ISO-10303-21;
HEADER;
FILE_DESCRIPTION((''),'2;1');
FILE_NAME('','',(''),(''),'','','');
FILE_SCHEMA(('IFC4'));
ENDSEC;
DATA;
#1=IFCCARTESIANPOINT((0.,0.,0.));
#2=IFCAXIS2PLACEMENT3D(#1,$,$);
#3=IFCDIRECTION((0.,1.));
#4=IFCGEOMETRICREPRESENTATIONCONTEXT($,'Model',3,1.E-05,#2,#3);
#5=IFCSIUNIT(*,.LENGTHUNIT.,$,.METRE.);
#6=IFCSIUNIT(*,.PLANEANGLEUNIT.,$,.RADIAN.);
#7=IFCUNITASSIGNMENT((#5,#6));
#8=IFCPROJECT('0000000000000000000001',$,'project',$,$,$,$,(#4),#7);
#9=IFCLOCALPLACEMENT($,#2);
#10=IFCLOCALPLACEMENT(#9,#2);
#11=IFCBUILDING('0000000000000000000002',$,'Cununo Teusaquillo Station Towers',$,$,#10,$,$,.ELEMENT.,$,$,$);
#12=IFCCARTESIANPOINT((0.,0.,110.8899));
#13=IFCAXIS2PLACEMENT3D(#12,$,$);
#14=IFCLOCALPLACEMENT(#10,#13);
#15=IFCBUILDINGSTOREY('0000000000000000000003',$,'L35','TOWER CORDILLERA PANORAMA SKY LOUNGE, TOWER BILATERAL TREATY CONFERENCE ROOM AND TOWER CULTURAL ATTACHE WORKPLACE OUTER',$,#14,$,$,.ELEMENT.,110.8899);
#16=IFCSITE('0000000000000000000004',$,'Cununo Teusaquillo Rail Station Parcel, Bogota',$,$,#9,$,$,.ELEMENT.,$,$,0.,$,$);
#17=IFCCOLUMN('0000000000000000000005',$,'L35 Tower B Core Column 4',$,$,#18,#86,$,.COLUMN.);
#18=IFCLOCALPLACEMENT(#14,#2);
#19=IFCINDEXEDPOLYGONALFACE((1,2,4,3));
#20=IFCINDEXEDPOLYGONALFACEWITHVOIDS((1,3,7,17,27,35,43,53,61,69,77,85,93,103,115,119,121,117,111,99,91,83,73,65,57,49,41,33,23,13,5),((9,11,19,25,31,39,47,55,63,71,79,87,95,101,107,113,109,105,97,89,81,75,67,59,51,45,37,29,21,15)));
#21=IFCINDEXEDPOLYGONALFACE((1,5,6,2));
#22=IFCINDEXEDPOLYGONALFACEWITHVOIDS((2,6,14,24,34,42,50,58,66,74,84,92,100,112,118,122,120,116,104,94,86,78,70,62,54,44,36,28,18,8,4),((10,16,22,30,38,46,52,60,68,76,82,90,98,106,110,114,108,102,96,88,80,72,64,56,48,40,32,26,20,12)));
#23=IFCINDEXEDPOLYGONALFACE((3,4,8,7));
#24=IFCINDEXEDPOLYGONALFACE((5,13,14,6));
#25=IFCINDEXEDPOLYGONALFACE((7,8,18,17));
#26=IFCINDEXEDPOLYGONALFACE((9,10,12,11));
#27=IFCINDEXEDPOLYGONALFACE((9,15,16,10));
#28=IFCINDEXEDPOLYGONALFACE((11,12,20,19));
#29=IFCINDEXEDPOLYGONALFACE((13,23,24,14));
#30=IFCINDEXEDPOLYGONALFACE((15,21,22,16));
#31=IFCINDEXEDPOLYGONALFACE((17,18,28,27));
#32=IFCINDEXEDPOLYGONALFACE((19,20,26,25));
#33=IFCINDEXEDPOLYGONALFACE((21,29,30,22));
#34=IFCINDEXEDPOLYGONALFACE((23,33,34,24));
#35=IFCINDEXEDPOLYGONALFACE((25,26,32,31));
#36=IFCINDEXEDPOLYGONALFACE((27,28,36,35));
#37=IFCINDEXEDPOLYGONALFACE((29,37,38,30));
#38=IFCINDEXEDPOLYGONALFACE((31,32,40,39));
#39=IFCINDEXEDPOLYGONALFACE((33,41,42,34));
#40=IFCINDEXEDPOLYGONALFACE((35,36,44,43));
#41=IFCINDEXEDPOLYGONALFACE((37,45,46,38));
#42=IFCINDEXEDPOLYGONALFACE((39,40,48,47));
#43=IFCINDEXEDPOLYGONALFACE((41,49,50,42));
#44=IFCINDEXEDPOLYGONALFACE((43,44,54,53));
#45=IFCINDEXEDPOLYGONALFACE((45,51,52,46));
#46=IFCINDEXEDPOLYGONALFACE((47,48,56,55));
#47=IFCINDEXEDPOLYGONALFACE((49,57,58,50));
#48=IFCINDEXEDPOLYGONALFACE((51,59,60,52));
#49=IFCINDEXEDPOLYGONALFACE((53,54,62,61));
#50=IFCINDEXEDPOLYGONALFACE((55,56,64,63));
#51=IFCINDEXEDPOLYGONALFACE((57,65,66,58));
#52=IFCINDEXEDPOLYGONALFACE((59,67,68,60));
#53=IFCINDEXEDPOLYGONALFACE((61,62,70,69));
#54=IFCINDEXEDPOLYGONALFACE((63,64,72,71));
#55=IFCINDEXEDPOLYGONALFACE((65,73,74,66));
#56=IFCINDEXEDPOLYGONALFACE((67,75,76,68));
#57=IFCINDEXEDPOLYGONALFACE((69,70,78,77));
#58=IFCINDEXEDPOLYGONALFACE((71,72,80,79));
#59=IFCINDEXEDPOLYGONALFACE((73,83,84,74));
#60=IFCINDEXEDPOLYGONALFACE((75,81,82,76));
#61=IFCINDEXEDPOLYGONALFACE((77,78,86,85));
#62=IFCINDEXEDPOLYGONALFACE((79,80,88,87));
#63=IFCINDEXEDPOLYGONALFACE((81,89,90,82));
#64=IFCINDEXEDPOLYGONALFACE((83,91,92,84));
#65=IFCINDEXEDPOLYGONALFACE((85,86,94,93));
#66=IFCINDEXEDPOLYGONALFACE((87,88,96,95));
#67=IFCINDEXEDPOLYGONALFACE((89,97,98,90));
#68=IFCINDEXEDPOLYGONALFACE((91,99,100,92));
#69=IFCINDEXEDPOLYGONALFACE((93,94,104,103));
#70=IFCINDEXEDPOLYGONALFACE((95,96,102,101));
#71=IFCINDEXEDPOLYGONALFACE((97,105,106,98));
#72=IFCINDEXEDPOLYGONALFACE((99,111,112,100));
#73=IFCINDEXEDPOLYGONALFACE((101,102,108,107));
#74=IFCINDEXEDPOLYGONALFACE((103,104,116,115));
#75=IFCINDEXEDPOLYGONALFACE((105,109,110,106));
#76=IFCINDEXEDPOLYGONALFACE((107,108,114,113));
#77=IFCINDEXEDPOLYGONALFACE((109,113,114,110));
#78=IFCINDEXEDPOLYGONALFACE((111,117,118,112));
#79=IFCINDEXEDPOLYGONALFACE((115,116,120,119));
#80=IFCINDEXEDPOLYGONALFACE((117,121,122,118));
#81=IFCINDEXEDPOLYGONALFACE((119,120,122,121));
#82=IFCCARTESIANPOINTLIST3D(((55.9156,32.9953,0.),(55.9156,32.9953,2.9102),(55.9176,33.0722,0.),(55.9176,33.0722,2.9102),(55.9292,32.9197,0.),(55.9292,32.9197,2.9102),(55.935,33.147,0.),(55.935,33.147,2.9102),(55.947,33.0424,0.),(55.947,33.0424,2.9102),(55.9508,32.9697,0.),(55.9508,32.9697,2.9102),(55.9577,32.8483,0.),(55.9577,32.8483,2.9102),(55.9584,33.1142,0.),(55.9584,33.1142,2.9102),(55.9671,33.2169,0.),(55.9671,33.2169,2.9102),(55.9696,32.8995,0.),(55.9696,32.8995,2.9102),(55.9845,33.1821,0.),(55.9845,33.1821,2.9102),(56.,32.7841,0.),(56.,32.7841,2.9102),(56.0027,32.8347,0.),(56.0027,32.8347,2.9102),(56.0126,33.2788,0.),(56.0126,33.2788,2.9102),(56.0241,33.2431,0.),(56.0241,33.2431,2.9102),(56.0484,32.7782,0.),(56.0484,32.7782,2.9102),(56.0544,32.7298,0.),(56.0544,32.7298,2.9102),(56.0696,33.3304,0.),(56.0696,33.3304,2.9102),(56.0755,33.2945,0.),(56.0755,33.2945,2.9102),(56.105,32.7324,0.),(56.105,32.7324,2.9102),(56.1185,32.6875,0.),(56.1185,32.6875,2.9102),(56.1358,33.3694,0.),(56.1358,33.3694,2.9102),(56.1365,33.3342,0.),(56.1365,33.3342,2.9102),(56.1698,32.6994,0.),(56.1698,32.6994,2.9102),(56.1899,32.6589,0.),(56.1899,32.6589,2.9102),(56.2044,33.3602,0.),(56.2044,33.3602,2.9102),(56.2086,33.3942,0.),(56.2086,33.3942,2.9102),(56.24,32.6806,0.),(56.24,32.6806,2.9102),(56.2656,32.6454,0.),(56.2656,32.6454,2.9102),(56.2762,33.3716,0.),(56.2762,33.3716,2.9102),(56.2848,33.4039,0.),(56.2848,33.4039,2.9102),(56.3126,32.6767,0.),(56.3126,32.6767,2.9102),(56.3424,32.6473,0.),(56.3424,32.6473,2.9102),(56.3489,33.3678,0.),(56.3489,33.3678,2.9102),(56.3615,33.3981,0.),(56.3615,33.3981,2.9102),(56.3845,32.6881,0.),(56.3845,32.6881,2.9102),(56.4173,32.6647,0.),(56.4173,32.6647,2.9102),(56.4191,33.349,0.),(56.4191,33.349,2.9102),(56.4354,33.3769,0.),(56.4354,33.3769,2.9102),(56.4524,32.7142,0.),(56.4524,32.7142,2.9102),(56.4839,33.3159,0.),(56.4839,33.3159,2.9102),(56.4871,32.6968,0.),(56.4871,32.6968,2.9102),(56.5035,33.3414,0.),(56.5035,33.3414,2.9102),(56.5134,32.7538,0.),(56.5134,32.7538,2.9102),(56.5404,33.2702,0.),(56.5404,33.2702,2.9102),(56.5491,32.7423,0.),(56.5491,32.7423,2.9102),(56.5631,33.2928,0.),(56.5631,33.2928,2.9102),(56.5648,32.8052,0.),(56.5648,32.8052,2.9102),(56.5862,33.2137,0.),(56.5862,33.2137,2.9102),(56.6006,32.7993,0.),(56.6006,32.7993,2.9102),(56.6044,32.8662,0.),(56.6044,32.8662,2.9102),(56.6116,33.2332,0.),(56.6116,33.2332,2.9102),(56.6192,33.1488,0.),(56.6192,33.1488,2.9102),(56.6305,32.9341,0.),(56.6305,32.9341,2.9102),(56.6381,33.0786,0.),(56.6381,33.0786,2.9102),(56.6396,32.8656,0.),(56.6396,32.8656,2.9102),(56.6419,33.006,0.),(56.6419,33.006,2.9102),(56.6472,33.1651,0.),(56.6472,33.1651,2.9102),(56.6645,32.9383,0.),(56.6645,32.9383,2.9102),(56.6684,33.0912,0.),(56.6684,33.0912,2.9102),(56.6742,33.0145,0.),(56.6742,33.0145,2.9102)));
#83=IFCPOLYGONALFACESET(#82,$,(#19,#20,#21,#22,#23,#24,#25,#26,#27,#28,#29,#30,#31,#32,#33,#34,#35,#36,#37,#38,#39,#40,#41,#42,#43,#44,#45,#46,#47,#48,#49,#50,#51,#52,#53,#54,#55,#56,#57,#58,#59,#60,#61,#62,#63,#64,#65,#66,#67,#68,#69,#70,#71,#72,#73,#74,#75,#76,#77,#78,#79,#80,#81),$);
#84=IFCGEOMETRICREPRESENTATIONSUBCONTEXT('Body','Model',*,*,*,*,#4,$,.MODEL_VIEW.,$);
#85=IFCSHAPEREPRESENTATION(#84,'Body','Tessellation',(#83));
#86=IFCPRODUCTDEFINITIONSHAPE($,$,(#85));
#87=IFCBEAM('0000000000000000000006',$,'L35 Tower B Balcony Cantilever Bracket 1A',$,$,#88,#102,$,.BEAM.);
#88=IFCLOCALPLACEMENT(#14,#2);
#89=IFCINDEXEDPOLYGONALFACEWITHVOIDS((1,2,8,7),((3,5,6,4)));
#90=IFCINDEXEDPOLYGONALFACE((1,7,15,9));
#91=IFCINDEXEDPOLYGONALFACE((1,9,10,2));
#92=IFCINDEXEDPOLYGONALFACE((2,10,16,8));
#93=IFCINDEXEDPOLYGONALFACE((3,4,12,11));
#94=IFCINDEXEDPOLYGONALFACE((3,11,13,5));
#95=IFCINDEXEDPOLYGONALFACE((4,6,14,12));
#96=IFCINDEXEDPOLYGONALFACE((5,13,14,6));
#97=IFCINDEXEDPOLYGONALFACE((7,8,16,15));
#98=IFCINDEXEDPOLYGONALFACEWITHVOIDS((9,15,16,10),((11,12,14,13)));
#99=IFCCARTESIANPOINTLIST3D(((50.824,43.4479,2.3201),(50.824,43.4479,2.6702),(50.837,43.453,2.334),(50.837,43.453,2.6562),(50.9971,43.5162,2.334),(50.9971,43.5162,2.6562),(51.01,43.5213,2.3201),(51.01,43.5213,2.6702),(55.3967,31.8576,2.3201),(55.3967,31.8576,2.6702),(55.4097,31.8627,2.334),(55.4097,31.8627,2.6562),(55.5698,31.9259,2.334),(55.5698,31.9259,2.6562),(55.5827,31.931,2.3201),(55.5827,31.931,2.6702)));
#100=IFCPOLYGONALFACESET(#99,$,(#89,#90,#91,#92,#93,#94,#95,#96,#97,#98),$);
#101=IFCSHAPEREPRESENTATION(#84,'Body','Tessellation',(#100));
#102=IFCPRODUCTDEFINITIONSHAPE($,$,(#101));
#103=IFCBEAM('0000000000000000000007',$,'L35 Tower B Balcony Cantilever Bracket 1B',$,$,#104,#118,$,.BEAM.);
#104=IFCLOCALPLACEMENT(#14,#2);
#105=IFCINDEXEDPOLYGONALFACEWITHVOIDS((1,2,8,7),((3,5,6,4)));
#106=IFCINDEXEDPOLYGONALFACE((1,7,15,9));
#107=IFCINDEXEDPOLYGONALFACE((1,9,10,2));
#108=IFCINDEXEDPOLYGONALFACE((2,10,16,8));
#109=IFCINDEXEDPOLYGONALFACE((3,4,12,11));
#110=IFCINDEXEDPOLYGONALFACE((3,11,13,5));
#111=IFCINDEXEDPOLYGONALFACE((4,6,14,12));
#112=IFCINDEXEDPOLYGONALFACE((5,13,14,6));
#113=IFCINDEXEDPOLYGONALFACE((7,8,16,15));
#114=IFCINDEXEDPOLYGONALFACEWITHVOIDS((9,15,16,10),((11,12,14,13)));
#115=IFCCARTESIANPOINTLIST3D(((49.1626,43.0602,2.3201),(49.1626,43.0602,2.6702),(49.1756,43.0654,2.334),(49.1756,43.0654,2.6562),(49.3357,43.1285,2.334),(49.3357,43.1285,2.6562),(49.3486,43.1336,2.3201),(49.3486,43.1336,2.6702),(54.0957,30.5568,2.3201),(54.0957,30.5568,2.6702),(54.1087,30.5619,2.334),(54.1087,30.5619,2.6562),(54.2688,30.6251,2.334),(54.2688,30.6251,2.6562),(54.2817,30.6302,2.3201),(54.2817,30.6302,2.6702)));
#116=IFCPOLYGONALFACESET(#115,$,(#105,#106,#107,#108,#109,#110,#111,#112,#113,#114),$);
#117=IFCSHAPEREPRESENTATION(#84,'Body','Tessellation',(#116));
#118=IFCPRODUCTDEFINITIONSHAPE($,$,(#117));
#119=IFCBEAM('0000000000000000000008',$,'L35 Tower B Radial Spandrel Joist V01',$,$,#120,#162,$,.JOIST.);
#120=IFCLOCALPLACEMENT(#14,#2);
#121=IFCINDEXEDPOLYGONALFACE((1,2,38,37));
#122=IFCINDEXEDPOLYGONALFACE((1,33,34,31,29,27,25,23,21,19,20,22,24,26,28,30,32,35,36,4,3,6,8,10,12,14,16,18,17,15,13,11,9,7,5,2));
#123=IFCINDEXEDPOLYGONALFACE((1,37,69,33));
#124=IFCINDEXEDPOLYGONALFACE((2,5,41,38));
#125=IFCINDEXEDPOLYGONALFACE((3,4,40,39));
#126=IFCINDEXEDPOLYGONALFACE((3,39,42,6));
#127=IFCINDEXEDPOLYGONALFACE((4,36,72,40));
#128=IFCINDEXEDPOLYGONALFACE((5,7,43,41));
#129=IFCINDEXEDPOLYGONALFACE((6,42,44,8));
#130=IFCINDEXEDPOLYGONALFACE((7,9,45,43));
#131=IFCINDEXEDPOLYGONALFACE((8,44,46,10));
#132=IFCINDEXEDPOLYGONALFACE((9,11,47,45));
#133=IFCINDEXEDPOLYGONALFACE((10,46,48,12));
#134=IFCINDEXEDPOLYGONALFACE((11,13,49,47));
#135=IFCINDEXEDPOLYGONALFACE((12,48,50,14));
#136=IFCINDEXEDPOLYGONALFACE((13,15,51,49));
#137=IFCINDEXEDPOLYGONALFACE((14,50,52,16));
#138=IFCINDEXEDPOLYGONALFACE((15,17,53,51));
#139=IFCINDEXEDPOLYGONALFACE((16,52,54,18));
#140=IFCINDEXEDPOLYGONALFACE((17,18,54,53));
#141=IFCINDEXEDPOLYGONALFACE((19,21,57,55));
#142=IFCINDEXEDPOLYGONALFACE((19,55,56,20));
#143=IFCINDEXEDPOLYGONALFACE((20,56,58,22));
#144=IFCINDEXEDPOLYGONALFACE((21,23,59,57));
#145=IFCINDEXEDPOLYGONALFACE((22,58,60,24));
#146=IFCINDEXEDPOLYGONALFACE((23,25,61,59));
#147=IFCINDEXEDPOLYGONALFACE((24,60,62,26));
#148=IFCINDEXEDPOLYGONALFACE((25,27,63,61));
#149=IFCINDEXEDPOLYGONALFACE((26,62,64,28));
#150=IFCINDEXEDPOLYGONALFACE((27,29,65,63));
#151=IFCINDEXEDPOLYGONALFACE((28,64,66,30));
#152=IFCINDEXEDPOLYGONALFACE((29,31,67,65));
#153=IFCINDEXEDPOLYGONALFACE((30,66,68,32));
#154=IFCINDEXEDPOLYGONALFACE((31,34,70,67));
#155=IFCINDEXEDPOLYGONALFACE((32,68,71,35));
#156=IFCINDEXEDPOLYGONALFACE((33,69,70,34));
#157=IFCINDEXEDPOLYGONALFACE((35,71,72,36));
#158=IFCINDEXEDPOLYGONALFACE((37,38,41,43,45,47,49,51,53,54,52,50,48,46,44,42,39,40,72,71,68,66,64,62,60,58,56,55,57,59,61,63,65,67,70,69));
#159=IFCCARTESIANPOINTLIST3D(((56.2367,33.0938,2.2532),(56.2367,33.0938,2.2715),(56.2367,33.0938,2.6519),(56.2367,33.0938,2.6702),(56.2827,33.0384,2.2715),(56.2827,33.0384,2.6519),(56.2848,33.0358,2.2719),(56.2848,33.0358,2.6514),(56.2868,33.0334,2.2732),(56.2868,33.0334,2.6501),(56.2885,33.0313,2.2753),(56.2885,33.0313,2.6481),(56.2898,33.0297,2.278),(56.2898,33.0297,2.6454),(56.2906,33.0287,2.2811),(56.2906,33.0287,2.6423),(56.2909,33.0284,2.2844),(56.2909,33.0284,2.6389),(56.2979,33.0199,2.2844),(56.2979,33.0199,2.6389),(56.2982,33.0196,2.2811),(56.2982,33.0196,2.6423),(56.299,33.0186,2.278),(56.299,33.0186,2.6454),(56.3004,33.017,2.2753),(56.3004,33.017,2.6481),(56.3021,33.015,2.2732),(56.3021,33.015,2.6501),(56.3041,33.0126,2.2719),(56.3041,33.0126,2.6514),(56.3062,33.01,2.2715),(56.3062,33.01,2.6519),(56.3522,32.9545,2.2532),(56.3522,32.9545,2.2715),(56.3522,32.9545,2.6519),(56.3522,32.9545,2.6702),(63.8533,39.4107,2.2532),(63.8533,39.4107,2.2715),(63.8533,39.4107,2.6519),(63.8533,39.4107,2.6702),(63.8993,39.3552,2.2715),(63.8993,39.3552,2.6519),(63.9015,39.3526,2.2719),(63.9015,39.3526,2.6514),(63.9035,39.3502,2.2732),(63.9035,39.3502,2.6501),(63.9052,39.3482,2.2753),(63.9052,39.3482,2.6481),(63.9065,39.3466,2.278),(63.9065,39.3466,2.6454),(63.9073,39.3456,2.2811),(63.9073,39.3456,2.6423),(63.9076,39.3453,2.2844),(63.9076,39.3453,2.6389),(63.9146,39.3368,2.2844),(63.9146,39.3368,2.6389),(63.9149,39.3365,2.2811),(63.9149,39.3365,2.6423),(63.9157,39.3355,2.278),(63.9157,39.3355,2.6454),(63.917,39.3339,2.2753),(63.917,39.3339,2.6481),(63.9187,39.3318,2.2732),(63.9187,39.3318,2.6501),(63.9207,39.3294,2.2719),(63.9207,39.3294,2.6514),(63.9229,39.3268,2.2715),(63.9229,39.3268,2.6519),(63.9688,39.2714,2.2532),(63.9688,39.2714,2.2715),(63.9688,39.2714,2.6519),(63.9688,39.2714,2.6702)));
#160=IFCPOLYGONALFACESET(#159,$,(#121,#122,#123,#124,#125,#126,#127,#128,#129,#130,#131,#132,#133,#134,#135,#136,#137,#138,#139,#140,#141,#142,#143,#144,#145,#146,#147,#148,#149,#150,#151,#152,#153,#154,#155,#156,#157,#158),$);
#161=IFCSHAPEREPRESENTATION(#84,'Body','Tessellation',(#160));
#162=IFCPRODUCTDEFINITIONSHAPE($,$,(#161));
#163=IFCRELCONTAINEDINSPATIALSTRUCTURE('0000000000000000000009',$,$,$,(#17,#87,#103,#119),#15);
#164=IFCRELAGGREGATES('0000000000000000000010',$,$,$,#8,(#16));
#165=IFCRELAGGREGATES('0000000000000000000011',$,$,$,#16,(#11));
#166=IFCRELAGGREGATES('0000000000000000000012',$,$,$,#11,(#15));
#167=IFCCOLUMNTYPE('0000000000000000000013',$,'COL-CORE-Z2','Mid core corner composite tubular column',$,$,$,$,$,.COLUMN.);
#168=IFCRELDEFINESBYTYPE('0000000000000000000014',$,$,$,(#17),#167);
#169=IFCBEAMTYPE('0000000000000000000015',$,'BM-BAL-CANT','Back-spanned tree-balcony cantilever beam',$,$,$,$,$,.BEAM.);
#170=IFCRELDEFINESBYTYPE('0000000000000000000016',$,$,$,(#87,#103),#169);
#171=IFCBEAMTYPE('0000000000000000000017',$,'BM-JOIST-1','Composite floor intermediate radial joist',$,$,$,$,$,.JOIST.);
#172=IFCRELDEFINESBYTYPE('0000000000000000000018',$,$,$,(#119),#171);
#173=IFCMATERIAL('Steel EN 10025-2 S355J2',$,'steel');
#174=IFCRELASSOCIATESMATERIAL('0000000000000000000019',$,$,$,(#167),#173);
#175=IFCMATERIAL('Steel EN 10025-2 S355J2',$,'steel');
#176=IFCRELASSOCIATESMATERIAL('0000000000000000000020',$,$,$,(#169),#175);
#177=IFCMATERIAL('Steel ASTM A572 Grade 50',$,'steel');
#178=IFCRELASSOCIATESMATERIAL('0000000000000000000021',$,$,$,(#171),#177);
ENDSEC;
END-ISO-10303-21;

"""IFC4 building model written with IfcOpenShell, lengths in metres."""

from ifc_helpers import new_model, si_unit, direction, frame, origin, origin_2d, place, context, subcontext, project, spatial, hollow_rectangle, hollow_circle, i_section, extrude, material, material_profile, profile_set, type_object, element, save


model = new_model("IFC4")

# Units and contexts
model_context = context("Model", 3, precision=1e-05, world=origin(), true_north=direction((0.0, 1.0)))
body_context = subcontext(model_context, "Body", "Model", "MODEL_VIEW")
ifc_project = project(units=[si_unit("LENGTHUNIT", "METRE"), si_unit("PLANEANGLEUNIT", "RADIAN")], contexts=[model_context])

# Site, building, storey
site_placement = place(None, origin())
site = spatial("IfcSite", under=ifc_project, at=site_placement, Name="Cununo Teusaquillo Rail Station Parcel, Bogota", CompositionType="ELEMENT", RefElevation=0.0)
building_placement = place(site_placement, origin())
building = spatial("IfcBuilding", under=site, at=building_placement, Name="Cununo Teusaquillo Station Towers", CompositionType="ELEMENT")
storey_placement = place(building_placement, frame((0.0, 0.0, 110.8899)))
storey = spatial("IfcBuildingStorey", under=building, at=storey_placement, Name="L35", Description="TOWER CORDILLERA PANORAMA SKY LOUNGE, TOWER BILATERAL TREATY CONFERENCE ROOM AND TOWER CULTURAL ATTACHE WORKPLACE OUTER", CompositionType="ELEMENT", Elevation=110.8899)

# Column
ifc_material_1 = material(Name="Steel EN 10025-2 S355J2", Category="steel")
ifc_material_profile_1 = material_profile(ifc_material_1, hollow_circle(Radius=0.3799, WallThickness=0.032, at=origin_2d()), Name="CHS 760x32")
ifc_profile_set_1 = profile_set([ifc_material_profile_1], Name="Steel EN 10025-2 S355J2")
column_type = type_object("IfcColumnType", Name="COL-CORE-Z2", Description="Mid core corner composite tubular column", PredefinedType="COLUMN", material=ifc_profile_set_1)
column_placement = place(storey_placement, frame((56.2944, 33.0242, 0.0), z_axis=(0.0, 0.0, 1.0), x_axis=(0.707107, 0.707107, 0.0)))
element("IfcColumn", 1, at=column_placement, inside=storey, type_object=column_type, Name="L35 Tower B Core Column 4", PredefinedType="COLUMN", context=body_context, shape_type="SweptSolid", body=[
    extrude(hollow_circle(Radius=0.3799, WallThickness=0.032, at=origin_2d()), origin(), (0.0, 0.0, 1.0), 2.9102),
])

# Beams
ifc_material_2 = material(Name="Steel EN 10025-2 S355J2", Category="steel")
ifc_material_profile_2 = material_profile(ifc_material_2, hollow_rectangle(XDim=0.2, YDim=0.3501, WallThickness=0.0139, at=origin_2d()), Name="RHS 350x200x14")
ifc_profile_set_2 = profile_set([ifc_material_profile_2], Name="Steel EN 10025-2 S355J2")
beam_type_1 = type_object("IfcBeamType", Name="BM-BAL-CANT", Description="Back-spanned tree-balcony cantilever beam", PredefinedType="BEAM", material=ifc_profile_set_2)
beam_1_placement = place(storey_placement, frame((55.4897, 31.8943, 2.4951), z_axis=(-0.367001, 0.93022, 0.0), x_axis=(-0.93022, -0.367001, 0.0)))
element("IfcBeam", 2, at=beam_1_placement, inside=storey, type_object=beam_type_1, Name="L35 Tower B Balcony Cantilever Bracket 1A", PredefinedType="BEAM", context=body_context, shape_type="SweptSolid", body=[
    extrude(hollow_rectangle(XDim=0.2, YDim=0.3501, WallThickness=0.0139, at=origin_2d()), origin(), (0.0, 0.0, 1.0), 12.4597),
])
beam_2_placement = place(storey_placement, frame((54.1887, 30.5935, 2.4951), z_axis=(-0.367009, 0.930218, 0.0), x_axis=(-0.930218, -0.367009, 0.0)))
element("IfcBeam", 3, at=beam_2_placement, inside=storey, type_object=beam_type_1, Name="L35 Tower B Balcony Cantilever Bracket 1B", PredefinedType="BEAM", context=body_context, shape_type="SweptSolid", body=[
    extrude(hollow_rectangle(XDim=0.2, YDim=0.3501, WallThickness=0.0139, at=origin_2d()), origin(), (0.0, 0.0, 1.0), 13.4414),
])
ifc_material_3 = material(Name="Steel ASTM A572 Grade 50", Category="steel")
ifc_material_profile_3 = material_profile(ifc_material_3, i_section(OverallWidth=0.1809, OverallDepth=0.417, WebThickness=0.011, FlangeThickness=0.0183, FilletRadius=0.0129, at=origin_2d()), Name="W16X57")
ifc_profile_set_3 = profile_set([ifc_material_profile_3], Name="Steel ASTM A572 Grade 50")
beam_type_2 = type_object("IfcBeamType", Name="BM-JOIST-1", Description="Composite floor intermediate radial joist", PredefinedType="JOIST", material=ifc_profile_set_3)
beam_3_placement = place(storey_placement, frame((56.2944, 33.0242, 2.4617), z_axis=(0.769728, 0.638372, 0.0), x_axis=(-0.638372, 0.769728, 0.0)))
element("IfcBeam", 4, at=beam_3_placement, inside=storey, type_object=beam_type_2, Name="L35 Tower B Radial Spandrel Joist V01", PredefinedType="JOIST", context=body_context, shape_type="SweptSolid", body=[
    extrude(i_section(OverallWidth=0.1809, OverallDepth=0.417, WebThickness=0.011, FlangeThickness=0.0183, FilletRadius=0.0129, at=origin_2d()), origin(), (0.0, 0.0, 1.0), 9.8953),
])

save(model, "model.ifc")
